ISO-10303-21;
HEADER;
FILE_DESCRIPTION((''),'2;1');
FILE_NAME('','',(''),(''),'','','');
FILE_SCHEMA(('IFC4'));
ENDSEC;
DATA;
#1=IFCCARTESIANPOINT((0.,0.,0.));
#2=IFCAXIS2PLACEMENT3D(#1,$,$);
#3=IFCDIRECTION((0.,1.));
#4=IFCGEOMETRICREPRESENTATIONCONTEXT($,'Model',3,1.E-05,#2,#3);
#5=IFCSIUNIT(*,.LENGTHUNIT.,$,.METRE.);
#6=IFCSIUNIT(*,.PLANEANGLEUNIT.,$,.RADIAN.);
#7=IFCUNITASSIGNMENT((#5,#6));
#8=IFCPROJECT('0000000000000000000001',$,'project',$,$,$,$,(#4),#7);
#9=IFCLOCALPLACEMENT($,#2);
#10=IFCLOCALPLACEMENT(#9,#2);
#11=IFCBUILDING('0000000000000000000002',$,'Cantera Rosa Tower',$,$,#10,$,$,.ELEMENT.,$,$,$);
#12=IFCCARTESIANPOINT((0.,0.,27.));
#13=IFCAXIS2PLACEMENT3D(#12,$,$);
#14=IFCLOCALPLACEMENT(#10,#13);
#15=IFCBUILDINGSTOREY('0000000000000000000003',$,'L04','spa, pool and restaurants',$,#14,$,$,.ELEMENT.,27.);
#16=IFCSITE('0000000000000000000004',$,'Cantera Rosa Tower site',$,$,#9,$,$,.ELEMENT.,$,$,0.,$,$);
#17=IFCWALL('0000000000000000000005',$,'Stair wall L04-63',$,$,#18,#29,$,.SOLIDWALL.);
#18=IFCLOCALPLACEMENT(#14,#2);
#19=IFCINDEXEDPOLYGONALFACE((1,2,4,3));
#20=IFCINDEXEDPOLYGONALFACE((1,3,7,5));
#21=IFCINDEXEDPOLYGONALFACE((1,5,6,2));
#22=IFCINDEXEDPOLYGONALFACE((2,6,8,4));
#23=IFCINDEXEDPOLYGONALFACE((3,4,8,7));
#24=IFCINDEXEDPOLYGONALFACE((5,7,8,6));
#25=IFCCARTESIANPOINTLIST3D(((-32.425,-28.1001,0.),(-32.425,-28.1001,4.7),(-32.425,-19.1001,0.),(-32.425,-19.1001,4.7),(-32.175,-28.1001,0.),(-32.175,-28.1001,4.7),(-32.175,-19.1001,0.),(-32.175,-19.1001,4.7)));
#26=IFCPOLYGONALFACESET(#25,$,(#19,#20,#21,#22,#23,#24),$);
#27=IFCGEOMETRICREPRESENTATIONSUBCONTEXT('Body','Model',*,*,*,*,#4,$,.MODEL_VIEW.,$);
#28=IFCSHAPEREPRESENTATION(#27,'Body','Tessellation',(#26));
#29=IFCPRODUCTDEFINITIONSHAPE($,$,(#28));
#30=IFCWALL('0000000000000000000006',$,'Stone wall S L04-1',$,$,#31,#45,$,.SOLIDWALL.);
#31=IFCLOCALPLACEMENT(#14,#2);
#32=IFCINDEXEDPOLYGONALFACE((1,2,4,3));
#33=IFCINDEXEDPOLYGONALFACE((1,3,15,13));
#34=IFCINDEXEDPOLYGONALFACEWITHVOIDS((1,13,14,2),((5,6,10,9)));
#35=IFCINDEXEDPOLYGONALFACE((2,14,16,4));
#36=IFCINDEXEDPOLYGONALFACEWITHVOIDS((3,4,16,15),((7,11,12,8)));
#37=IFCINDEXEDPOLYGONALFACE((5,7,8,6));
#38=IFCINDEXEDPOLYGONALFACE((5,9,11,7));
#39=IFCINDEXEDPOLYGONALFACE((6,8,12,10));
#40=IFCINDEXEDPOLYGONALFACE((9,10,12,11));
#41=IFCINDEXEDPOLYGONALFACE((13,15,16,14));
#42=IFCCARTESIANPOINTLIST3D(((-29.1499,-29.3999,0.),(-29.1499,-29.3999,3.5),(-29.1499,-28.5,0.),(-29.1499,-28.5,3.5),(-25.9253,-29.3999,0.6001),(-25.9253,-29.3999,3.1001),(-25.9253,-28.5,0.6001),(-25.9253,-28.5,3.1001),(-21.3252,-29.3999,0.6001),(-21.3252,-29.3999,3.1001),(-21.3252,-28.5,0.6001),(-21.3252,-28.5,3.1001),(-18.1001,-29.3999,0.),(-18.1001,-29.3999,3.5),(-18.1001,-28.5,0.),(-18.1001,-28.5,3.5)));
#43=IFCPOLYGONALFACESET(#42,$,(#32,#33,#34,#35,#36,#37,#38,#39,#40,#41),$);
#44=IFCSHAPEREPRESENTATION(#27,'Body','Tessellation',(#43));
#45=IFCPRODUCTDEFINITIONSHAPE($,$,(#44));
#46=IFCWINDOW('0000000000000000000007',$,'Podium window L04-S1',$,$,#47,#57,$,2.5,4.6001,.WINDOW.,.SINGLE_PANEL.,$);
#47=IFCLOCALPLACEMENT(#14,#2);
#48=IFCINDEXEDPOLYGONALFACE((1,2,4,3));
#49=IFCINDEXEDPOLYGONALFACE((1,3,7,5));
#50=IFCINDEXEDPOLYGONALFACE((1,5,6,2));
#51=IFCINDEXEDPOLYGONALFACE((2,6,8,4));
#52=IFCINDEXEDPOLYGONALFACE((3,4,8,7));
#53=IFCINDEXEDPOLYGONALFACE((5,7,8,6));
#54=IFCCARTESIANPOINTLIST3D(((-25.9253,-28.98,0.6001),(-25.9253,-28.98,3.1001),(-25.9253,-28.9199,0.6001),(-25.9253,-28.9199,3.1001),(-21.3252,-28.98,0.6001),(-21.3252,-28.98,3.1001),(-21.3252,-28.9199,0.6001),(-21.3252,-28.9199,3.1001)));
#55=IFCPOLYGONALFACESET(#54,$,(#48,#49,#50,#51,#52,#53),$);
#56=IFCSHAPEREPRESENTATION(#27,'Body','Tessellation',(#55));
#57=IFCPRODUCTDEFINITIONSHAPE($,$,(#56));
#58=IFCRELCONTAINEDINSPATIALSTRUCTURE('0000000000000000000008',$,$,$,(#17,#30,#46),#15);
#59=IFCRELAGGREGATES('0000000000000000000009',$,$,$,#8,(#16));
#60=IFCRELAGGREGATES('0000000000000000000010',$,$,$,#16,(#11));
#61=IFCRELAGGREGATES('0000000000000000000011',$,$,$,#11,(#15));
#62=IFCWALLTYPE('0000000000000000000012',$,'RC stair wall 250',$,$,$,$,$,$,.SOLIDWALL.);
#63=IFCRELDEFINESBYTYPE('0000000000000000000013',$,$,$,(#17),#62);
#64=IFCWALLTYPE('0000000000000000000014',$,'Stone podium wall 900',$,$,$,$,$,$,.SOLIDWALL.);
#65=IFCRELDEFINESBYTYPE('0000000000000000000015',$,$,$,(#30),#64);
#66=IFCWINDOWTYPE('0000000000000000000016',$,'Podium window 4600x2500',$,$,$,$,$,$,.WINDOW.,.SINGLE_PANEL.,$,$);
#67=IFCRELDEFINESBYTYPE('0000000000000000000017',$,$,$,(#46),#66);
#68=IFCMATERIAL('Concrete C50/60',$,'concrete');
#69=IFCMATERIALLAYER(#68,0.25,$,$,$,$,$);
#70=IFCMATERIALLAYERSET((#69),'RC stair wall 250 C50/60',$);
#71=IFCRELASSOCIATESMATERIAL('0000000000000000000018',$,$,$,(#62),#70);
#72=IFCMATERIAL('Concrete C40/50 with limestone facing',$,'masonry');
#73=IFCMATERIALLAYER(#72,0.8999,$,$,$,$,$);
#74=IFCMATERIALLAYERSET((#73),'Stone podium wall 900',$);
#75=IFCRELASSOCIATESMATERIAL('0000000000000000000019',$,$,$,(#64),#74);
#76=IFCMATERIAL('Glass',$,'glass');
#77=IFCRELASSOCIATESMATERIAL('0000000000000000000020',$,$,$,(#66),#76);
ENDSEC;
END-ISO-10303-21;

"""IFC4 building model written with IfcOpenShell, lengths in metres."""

from ifc_helpers import new_model, si_unit, direction, frame, frame_2d, origin, place, context, subcontext, project, spatial, rectangle, extrude, material, layer, layer_set, type_object, element, fill, save


model = new_model("IFC4")

# Units and contexts
model_context = context("Model", 3, precision=1e-05, world=origin(), true_north=direction((0.0, 1.0)))
body_context = subcontext(model_context, "Body", "Model", "MODEL_VIEW")
ifc_project = project(units=[si_unit("LENGTHUNIT", "METRE"), si_unit("PLANEANGLEUNIT", "RADIAN")], contexts=[model_context])

# Site, building, storey
site_placement = place(None, origin())
site = spatial("IfcSite", under=ifc_project, at=site_placement, Name="Cantera Rosa Tower site", CompositionType="ELEMENT", RefElevation=0.0)
building_placement = place(site_placement, origin())
building = spatial("IfcBuilding", under=site, at=building_placement, Name="Cantera Rosa Tower", CompositionType="ELEMENT")
storey_placement = place(building_placement, frame((0.0, 0.0, 27.0)))
storey = spatial("IfcBuildingStorey", under=building, at=storey_placement, Name="L04", Description="spa, pool and restaurants", CompositionType="ELEMENT", Elevation=27.0)

# Shared definitions
ifc_material_1 = material(Name="Concrete C50/60", Category="concrete")
ifc_layer_1 = layer(ifc_material_1, 0.25)
ifc_layer_set_1 = layer_set([ifc_layer_1], Name="RC stair wall 250 C50/60")
wall_type_1 = type_object("IfcWallType", Name="RC stair wall 250", PredefinedType="SOLIDWALL", material=ifc_layer_set_1)

# Wall
wall_1_placement = place(storey_placement, frame((-32.3, -28.1001, 0.0), z_axis=(0.0, 0.0, 1.0), x_axis=(0.0, 1.0, 0.0)))
element("IfcWall", 1, at=wall_1_placement, inside=storey, type_object=wall_type_1, Name="Stair wall L04-63", PredefinedType="SOLIDWALL", context=body_context, shape_type="SweptSolid", body=[
    extrude(rectangle(XDim=9.0, YDim=0.25, at=frame_2d((4.5, 0.0))), origin(), (0.0, 0.0, 1.0), 4.7),
])

# Wall, opening, window
ifc_material_2 = material(Name="Concrete C40/50 with limestone facing", Category="masonry")
ifc_layer_2 = layer(ifc_material_2, 0.8999)
ifc_layer_set_2 = layer_set([ifc_layer_2], Name="Stone podium wall 900")
wall_type_2 = type_object("IfcWallType", Name="Stone podium wall 900", PredefinedType="SOLIDWALL", material=ifc_layer_set_2)
wall_2_placement = place(storey_placement, frame((-18.1001, -28.95, 0.0), z_axis=(0.0, 0.0, 1.0), x_axis=(-1.0, 0.0, 0.0)))
wall_2 = element("IfcWall", 2, at=wall_2_placement, inside=storey, type_object=wall_type_2, Name="Stone wall S L04-1", PredefinedType="SOLIDWALL", context=body_context, shape_type="SweptSolid", body=[
    extrude(rectangle(XDim=11.0498, YDim=0.8999, at=frame_2d((5.5249, 0.0))), origin(), (0.0, 0.0, 1.0), 3.5),
])
opening_1_placement = place(wall_2_placement, frame((3.2251, 0.0, 0.6001)))
opening_1 = element("IfcOpeningElement", 3, at=opening_1_placement, cuts=wall_2, PredefinedType="OPENING", context=body_context, shape_type="SweptSolid", body=[
    extrude(rectangle(XDim=4.6001, YDim=2.5, at=frame_2d((2.3, 1.25))), frame((0.0, 0.46, 0.0), z_axis=(0.0, -1.0, 0.0), x_axis=(1.0, 0.0, 0.0)), (0.0, 0.0, 1.0), 0.9199),
])
ifc_material_3 = material(Name="Glass", Category="glass")
window_type = type_object("IfcWindowType", Name="Podium window 4600x2500", PartitioningType="SINGLE_PANEL", PredefinedType="WINDOW", material=ifc_material_3)
window_placement = place(opening_1_placement, origin())
window = element("IfcWindow", 4, at=window_placement, inside=storey, type_object=window_type, Name="Podium window L04-S1", OverallHeight=2.5, OverallWidth=4.6001, PartitioningType="SINGLE_PANEL", PredefinedType="WINDOW", context=body_context, shape_type="SweptSolid", body=[
    extrude(rectangle(XDim=4.6001, YDim=2.5, at=frame_2d((2.3, 1.25))), frame((0.0, 0.03, 0.0), z_axis=(0.0, -1.0, 0.0), x_axis=(1.0, 0.0, 0.0)), (0.0, 0.0, 1.0), 0.0601),
])
fill(opening_1, window)

save(model, "model.ifc")
